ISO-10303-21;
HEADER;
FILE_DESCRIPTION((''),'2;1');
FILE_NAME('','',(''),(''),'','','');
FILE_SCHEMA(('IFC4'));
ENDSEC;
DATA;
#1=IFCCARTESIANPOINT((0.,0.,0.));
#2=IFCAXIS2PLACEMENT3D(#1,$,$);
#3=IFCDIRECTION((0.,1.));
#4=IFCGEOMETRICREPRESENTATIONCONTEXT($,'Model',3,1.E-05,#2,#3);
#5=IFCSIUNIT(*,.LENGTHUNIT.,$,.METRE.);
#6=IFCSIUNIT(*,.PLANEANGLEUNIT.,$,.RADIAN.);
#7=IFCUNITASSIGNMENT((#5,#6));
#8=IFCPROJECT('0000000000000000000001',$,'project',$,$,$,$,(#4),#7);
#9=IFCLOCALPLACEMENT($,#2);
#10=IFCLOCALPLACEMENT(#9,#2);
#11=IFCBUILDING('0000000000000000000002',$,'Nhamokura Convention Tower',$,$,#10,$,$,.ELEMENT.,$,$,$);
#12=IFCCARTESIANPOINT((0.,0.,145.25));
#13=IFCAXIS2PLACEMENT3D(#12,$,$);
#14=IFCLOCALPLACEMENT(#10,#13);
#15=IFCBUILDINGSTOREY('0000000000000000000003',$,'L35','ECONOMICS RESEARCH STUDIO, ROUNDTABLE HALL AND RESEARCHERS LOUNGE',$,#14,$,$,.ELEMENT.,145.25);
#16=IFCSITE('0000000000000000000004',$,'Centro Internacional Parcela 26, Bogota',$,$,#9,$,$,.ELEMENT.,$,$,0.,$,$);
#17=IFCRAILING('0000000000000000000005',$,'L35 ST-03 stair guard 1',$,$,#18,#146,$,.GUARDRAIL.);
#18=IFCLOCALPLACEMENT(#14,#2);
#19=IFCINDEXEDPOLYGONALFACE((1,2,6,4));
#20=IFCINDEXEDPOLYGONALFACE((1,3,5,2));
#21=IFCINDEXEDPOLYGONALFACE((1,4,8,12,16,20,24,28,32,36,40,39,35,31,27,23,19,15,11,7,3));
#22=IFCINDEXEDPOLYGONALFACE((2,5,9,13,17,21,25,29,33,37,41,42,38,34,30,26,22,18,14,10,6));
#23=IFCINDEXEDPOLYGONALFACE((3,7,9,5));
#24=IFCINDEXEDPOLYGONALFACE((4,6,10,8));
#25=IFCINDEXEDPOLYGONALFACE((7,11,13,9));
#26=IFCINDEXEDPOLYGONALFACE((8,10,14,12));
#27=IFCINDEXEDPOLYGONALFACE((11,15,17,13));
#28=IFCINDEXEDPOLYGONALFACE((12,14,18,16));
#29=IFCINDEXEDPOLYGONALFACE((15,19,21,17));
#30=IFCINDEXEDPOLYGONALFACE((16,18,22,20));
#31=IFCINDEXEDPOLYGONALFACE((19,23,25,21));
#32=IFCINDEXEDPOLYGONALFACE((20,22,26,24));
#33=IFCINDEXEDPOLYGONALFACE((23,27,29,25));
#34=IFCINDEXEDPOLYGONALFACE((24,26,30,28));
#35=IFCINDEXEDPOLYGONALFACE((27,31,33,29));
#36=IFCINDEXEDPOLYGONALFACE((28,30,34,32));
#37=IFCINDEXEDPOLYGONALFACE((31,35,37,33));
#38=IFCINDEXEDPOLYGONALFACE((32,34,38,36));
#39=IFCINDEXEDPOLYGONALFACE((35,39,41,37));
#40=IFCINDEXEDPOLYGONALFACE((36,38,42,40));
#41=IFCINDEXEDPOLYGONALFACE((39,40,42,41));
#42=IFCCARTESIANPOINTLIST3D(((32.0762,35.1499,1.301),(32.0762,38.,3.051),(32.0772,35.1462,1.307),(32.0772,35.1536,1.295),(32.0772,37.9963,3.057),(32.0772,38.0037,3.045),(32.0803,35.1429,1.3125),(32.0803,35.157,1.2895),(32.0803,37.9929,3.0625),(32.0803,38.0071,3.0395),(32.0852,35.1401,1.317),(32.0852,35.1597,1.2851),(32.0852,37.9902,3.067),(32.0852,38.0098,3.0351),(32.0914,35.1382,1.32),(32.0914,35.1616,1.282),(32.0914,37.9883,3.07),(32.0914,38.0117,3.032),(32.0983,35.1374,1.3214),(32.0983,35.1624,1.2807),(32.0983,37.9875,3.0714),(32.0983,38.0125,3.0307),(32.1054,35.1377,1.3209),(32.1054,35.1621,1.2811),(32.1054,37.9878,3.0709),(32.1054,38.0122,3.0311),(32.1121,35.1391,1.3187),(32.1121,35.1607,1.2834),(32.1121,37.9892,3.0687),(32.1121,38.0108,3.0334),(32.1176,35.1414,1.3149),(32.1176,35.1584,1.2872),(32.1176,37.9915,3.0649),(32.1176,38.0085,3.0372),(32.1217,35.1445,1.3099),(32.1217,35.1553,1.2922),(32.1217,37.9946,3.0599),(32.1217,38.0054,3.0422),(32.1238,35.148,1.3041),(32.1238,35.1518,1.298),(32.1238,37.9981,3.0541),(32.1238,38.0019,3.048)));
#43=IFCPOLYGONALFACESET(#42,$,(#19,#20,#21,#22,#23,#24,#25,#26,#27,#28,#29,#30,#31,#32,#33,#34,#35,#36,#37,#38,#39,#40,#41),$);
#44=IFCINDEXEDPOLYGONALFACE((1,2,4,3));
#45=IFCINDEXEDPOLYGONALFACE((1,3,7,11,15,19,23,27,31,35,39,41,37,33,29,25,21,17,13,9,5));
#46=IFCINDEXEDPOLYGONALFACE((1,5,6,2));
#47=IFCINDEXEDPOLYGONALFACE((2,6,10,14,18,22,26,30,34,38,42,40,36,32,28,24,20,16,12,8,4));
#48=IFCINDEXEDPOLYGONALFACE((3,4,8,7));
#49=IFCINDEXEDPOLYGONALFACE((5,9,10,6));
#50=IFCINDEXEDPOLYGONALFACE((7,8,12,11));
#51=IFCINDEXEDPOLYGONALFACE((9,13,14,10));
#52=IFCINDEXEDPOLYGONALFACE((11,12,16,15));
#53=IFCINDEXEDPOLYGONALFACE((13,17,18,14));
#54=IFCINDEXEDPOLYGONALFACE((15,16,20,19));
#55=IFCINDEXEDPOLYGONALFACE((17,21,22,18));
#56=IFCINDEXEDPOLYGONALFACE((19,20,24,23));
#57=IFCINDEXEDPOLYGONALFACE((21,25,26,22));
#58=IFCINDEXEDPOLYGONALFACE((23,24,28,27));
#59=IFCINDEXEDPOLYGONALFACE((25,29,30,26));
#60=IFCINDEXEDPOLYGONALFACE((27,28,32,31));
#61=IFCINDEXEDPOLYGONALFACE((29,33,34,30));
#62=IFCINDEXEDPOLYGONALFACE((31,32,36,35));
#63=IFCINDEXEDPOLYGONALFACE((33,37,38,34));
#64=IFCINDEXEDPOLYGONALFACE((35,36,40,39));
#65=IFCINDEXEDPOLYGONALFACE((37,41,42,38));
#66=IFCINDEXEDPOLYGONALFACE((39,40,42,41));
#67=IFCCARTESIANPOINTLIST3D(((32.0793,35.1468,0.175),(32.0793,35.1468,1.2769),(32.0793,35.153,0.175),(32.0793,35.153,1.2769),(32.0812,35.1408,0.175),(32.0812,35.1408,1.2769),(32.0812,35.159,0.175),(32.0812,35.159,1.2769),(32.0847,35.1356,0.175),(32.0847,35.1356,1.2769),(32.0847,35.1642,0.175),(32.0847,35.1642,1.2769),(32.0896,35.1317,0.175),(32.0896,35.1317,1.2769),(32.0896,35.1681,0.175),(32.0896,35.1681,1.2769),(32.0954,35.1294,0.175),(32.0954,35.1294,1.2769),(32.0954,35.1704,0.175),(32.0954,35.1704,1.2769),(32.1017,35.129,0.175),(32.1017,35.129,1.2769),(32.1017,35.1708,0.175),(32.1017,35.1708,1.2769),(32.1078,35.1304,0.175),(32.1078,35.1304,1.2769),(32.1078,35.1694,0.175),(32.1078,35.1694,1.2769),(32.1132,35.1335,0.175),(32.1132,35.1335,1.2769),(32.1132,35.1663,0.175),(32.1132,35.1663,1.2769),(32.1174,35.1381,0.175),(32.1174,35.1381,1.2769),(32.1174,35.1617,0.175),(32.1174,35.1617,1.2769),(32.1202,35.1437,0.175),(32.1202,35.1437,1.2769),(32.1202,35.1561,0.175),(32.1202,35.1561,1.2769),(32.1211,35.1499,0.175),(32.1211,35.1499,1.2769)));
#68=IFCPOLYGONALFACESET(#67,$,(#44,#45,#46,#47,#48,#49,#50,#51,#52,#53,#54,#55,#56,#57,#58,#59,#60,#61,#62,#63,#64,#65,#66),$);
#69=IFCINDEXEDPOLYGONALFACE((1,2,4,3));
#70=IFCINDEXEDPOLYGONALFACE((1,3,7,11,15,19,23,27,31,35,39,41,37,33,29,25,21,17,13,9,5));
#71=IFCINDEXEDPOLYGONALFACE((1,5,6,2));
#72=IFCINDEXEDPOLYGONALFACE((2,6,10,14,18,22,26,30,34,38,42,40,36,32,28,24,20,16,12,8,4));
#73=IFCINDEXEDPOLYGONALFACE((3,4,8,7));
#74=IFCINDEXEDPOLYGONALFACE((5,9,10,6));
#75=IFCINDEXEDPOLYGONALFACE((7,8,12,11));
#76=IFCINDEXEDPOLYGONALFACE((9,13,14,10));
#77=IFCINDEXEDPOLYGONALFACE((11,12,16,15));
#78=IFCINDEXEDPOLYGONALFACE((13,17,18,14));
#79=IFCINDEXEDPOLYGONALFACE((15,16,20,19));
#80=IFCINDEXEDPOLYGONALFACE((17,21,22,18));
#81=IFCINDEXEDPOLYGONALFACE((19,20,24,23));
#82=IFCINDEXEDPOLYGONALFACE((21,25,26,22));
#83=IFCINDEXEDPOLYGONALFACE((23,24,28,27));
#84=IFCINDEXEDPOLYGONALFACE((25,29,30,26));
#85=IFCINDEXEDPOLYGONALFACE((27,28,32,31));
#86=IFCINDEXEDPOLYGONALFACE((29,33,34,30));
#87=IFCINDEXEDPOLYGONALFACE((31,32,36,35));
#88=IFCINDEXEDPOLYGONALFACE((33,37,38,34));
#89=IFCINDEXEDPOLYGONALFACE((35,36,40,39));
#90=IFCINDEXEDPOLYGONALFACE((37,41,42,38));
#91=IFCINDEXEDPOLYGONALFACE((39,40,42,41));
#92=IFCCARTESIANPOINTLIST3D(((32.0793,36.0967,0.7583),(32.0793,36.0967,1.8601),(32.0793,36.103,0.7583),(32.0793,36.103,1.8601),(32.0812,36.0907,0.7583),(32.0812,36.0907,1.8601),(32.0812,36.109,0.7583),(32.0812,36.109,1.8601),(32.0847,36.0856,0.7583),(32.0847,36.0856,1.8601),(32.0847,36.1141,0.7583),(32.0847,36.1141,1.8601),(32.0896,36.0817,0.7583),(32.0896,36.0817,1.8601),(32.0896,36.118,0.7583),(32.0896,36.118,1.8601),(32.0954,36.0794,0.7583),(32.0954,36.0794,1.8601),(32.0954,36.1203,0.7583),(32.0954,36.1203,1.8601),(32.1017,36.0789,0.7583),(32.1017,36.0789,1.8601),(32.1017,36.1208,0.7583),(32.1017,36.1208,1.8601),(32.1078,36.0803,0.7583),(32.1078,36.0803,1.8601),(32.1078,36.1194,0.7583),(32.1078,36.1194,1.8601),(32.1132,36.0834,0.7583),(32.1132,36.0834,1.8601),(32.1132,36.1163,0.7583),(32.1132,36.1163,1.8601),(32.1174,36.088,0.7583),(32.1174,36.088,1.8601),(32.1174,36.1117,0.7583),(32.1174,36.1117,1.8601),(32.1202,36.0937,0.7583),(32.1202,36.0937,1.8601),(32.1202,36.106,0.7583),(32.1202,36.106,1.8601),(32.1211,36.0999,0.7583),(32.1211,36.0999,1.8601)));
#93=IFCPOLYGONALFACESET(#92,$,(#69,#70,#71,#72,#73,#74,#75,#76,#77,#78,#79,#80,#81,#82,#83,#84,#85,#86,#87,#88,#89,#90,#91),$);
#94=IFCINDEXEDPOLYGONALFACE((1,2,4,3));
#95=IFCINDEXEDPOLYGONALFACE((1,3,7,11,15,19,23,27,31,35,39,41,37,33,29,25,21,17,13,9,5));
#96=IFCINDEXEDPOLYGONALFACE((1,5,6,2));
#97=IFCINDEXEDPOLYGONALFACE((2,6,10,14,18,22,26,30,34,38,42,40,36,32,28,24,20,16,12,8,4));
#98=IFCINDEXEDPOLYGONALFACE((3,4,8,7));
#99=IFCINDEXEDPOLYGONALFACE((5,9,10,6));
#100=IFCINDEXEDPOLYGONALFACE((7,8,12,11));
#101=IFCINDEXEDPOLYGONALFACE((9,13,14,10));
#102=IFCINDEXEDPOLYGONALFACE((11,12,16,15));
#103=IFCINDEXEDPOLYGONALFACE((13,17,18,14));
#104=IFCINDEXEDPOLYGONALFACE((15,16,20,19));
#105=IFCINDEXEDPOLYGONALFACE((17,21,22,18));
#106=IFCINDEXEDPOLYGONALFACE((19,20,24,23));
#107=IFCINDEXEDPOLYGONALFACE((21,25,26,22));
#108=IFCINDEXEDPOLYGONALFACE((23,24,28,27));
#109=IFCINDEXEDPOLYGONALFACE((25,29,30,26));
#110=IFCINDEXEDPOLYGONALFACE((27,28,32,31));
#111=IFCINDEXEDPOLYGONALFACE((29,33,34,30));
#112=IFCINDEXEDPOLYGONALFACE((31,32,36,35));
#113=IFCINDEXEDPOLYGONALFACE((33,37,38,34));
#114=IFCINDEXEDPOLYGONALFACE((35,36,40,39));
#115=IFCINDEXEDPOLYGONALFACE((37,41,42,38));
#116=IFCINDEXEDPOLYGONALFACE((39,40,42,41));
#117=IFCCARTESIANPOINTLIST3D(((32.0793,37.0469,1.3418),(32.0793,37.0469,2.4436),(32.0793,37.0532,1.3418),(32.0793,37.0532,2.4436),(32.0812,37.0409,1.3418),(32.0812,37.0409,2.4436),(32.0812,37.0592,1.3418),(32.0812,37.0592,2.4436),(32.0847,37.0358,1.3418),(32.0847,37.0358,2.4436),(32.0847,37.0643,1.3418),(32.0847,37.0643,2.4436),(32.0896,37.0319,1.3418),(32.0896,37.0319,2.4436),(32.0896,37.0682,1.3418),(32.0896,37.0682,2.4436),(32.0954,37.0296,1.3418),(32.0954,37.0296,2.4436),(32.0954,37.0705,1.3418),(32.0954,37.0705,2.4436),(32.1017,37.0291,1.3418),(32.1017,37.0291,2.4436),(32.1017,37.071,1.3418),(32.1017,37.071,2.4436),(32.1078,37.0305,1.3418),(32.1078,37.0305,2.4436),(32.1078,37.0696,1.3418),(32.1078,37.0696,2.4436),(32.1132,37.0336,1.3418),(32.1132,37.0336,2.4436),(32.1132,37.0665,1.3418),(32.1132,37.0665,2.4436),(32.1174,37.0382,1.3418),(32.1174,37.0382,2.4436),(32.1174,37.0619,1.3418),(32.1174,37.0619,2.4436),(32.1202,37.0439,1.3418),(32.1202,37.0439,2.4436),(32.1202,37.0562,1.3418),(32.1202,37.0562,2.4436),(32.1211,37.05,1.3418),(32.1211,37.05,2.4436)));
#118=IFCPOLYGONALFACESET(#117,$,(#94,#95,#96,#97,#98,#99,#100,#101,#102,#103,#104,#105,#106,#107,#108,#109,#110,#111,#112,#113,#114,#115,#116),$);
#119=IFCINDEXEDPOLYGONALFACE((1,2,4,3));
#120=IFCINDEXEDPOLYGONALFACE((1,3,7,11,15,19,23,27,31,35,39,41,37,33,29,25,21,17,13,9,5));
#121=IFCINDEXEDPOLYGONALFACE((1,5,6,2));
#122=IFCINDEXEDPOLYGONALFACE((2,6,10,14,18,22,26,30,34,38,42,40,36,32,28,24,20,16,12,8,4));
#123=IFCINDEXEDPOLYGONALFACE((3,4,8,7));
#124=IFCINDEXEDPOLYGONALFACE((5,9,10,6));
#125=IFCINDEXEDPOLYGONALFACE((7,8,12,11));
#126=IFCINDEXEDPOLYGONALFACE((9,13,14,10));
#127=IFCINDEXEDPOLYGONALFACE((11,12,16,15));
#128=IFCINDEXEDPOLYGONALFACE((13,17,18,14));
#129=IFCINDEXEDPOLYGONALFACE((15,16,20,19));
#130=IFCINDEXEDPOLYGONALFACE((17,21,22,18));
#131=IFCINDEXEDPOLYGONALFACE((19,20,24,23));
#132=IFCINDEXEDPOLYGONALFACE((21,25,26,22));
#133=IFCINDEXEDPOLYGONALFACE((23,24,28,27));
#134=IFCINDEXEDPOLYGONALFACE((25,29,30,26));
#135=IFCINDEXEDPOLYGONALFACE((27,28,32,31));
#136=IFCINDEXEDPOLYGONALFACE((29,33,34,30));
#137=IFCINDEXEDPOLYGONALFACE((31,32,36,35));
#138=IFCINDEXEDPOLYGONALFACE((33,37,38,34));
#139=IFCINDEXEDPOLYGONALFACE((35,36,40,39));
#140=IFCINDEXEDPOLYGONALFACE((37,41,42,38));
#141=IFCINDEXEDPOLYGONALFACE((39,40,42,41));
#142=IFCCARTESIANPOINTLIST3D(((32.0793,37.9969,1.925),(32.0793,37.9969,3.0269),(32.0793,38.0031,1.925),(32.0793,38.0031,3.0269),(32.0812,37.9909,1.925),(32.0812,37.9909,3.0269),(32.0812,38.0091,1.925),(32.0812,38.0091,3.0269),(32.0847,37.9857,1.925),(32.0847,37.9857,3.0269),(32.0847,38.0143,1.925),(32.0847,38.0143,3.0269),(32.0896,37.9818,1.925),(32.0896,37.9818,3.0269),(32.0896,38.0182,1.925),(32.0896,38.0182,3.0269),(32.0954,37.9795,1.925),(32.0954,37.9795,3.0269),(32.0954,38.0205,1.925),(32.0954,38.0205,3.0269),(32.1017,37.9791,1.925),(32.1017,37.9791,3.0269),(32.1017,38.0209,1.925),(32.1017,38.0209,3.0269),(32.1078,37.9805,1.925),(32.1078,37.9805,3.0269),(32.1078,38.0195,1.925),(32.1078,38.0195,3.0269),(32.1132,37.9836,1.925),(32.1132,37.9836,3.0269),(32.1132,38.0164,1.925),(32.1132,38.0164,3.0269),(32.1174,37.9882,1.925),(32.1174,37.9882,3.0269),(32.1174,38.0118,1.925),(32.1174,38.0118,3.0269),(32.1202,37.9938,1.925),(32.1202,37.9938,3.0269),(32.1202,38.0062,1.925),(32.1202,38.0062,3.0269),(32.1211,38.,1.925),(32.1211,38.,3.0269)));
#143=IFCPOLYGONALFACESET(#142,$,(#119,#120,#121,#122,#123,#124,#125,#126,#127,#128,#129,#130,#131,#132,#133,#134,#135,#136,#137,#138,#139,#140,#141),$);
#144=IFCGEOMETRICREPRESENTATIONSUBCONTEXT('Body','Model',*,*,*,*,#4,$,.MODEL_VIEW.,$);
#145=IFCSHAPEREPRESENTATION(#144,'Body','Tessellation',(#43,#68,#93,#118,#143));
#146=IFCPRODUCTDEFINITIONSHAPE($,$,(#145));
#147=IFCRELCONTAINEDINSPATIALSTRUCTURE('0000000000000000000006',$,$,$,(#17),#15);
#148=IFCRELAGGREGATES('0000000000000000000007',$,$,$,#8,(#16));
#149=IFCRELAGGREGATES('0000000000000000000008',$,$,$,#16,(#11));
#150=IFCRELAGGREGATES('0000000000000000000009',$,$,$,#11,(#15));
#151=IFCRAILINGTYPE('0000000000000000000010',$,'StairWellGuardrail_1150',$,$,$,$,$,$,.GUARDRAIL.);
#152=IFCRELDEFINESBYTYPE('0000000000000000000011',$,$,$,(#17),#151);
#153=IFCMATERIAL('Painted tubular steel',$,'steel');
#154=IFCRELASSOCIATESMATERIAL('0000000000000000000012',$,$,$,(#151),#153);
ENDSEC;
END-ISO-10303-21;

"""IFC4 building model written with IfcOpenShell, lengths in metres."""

from ifc_helpers import new_model, si_unit, direction, frame, origin, origin_2d, place, context, subcontext, project, spatial, circle, extrude, material, type_object, element, save


model = new_model("IFC4")

# Units and contexts
model_context = context("Model", 3, precision=1e-05, world=origin(), true_north=direction((0.0, 1.0)))
body_context = subcontext(model_context, "Body", "Model", "MODEL_VIEW")
ifc_project = project(units=[si_unit("LENGTHUNIT", "METRE"), si_unit("PLANEANGLEUNIT", "RADIAN")], contexts=[model_context])

# Site, building, storey
site_placement = place(None, origin())
site = spatial("IfcSite", under=ifc_project, at=site_placement, Name="Centro Internacional Parcela 26, Bogota", CompositionType="ELEMENT", RefElevation=0.0)
building_placement = place(site_placement, origin())
building = spatial("IfcBuilding", under=site, at=building_placement, Name="Nhamokura Convention Tower", CompositionType="ELEMENT")
storey_placement = place(building_placement, frame((0.0, 0.0, 145.25)))
storey = spatial("IfcBuildingStorey", under=building, at=storey_placement, Name="L35", Description="ECONOMICS RESEARCH STUDIO, ROUNDTABLE HALL AND RESEARCHERS LOUNGE", CompositionType="ELEMENT", Elevation=145.25)

# Railing
ifc_material_1 = material(Name="Painted tubular steel", Category="steel")
railing_type_1 = type_object("IfcRailingType", Name="StairWellGuardrail_1150", PredefinedType="GUARDRAIL", material=ifc_material_1)
railing_1_placement = place(storey_placement, frame((32.1001, 35.1499, 0.175)))
element("IfcRailing", 1, at=railing_1_placement, inside=storey, type_object=railing_type_1, Name="L35 ST-03 stair guard 1", PredefinedType="GUARDRAIL", context=body_context, shape_type="SweptSolid", body=[
    extrude(circle(Radius=0.0239, at=origin_2d()), frame((0.0, 0.0, 1.126), z_axis=(0.0, 0.852179, 0.52325), x_axis=(-1.0, 0.0, 0.0)), (0.0, 0.0, 1.0), 3.3445),
    extrude(circle(Radius=0.021, at=origin_2d()), origin(), (0.0, 0.0, 1.0), 1.1018),
    extrude(circle(Radius=0.021, at=origin_2d()), frame((0.0, 0.95, 0.5833)), (0.0, 0.0, 1.0), 1.1018),
    extrude(circle(Radius=0.021, at=origin_2d()), frame((0.0, 1.9001, 1.1667)), (0.0, 0.0, 1.0), 1.1018),
    extrude(circle(Radius=0.021, at=origin_2d()), frame((0.0, 2.8501, 1.75)), (0.0, 0.0, 1.0), 1.1018),
])

save(model, "model.ifc")
